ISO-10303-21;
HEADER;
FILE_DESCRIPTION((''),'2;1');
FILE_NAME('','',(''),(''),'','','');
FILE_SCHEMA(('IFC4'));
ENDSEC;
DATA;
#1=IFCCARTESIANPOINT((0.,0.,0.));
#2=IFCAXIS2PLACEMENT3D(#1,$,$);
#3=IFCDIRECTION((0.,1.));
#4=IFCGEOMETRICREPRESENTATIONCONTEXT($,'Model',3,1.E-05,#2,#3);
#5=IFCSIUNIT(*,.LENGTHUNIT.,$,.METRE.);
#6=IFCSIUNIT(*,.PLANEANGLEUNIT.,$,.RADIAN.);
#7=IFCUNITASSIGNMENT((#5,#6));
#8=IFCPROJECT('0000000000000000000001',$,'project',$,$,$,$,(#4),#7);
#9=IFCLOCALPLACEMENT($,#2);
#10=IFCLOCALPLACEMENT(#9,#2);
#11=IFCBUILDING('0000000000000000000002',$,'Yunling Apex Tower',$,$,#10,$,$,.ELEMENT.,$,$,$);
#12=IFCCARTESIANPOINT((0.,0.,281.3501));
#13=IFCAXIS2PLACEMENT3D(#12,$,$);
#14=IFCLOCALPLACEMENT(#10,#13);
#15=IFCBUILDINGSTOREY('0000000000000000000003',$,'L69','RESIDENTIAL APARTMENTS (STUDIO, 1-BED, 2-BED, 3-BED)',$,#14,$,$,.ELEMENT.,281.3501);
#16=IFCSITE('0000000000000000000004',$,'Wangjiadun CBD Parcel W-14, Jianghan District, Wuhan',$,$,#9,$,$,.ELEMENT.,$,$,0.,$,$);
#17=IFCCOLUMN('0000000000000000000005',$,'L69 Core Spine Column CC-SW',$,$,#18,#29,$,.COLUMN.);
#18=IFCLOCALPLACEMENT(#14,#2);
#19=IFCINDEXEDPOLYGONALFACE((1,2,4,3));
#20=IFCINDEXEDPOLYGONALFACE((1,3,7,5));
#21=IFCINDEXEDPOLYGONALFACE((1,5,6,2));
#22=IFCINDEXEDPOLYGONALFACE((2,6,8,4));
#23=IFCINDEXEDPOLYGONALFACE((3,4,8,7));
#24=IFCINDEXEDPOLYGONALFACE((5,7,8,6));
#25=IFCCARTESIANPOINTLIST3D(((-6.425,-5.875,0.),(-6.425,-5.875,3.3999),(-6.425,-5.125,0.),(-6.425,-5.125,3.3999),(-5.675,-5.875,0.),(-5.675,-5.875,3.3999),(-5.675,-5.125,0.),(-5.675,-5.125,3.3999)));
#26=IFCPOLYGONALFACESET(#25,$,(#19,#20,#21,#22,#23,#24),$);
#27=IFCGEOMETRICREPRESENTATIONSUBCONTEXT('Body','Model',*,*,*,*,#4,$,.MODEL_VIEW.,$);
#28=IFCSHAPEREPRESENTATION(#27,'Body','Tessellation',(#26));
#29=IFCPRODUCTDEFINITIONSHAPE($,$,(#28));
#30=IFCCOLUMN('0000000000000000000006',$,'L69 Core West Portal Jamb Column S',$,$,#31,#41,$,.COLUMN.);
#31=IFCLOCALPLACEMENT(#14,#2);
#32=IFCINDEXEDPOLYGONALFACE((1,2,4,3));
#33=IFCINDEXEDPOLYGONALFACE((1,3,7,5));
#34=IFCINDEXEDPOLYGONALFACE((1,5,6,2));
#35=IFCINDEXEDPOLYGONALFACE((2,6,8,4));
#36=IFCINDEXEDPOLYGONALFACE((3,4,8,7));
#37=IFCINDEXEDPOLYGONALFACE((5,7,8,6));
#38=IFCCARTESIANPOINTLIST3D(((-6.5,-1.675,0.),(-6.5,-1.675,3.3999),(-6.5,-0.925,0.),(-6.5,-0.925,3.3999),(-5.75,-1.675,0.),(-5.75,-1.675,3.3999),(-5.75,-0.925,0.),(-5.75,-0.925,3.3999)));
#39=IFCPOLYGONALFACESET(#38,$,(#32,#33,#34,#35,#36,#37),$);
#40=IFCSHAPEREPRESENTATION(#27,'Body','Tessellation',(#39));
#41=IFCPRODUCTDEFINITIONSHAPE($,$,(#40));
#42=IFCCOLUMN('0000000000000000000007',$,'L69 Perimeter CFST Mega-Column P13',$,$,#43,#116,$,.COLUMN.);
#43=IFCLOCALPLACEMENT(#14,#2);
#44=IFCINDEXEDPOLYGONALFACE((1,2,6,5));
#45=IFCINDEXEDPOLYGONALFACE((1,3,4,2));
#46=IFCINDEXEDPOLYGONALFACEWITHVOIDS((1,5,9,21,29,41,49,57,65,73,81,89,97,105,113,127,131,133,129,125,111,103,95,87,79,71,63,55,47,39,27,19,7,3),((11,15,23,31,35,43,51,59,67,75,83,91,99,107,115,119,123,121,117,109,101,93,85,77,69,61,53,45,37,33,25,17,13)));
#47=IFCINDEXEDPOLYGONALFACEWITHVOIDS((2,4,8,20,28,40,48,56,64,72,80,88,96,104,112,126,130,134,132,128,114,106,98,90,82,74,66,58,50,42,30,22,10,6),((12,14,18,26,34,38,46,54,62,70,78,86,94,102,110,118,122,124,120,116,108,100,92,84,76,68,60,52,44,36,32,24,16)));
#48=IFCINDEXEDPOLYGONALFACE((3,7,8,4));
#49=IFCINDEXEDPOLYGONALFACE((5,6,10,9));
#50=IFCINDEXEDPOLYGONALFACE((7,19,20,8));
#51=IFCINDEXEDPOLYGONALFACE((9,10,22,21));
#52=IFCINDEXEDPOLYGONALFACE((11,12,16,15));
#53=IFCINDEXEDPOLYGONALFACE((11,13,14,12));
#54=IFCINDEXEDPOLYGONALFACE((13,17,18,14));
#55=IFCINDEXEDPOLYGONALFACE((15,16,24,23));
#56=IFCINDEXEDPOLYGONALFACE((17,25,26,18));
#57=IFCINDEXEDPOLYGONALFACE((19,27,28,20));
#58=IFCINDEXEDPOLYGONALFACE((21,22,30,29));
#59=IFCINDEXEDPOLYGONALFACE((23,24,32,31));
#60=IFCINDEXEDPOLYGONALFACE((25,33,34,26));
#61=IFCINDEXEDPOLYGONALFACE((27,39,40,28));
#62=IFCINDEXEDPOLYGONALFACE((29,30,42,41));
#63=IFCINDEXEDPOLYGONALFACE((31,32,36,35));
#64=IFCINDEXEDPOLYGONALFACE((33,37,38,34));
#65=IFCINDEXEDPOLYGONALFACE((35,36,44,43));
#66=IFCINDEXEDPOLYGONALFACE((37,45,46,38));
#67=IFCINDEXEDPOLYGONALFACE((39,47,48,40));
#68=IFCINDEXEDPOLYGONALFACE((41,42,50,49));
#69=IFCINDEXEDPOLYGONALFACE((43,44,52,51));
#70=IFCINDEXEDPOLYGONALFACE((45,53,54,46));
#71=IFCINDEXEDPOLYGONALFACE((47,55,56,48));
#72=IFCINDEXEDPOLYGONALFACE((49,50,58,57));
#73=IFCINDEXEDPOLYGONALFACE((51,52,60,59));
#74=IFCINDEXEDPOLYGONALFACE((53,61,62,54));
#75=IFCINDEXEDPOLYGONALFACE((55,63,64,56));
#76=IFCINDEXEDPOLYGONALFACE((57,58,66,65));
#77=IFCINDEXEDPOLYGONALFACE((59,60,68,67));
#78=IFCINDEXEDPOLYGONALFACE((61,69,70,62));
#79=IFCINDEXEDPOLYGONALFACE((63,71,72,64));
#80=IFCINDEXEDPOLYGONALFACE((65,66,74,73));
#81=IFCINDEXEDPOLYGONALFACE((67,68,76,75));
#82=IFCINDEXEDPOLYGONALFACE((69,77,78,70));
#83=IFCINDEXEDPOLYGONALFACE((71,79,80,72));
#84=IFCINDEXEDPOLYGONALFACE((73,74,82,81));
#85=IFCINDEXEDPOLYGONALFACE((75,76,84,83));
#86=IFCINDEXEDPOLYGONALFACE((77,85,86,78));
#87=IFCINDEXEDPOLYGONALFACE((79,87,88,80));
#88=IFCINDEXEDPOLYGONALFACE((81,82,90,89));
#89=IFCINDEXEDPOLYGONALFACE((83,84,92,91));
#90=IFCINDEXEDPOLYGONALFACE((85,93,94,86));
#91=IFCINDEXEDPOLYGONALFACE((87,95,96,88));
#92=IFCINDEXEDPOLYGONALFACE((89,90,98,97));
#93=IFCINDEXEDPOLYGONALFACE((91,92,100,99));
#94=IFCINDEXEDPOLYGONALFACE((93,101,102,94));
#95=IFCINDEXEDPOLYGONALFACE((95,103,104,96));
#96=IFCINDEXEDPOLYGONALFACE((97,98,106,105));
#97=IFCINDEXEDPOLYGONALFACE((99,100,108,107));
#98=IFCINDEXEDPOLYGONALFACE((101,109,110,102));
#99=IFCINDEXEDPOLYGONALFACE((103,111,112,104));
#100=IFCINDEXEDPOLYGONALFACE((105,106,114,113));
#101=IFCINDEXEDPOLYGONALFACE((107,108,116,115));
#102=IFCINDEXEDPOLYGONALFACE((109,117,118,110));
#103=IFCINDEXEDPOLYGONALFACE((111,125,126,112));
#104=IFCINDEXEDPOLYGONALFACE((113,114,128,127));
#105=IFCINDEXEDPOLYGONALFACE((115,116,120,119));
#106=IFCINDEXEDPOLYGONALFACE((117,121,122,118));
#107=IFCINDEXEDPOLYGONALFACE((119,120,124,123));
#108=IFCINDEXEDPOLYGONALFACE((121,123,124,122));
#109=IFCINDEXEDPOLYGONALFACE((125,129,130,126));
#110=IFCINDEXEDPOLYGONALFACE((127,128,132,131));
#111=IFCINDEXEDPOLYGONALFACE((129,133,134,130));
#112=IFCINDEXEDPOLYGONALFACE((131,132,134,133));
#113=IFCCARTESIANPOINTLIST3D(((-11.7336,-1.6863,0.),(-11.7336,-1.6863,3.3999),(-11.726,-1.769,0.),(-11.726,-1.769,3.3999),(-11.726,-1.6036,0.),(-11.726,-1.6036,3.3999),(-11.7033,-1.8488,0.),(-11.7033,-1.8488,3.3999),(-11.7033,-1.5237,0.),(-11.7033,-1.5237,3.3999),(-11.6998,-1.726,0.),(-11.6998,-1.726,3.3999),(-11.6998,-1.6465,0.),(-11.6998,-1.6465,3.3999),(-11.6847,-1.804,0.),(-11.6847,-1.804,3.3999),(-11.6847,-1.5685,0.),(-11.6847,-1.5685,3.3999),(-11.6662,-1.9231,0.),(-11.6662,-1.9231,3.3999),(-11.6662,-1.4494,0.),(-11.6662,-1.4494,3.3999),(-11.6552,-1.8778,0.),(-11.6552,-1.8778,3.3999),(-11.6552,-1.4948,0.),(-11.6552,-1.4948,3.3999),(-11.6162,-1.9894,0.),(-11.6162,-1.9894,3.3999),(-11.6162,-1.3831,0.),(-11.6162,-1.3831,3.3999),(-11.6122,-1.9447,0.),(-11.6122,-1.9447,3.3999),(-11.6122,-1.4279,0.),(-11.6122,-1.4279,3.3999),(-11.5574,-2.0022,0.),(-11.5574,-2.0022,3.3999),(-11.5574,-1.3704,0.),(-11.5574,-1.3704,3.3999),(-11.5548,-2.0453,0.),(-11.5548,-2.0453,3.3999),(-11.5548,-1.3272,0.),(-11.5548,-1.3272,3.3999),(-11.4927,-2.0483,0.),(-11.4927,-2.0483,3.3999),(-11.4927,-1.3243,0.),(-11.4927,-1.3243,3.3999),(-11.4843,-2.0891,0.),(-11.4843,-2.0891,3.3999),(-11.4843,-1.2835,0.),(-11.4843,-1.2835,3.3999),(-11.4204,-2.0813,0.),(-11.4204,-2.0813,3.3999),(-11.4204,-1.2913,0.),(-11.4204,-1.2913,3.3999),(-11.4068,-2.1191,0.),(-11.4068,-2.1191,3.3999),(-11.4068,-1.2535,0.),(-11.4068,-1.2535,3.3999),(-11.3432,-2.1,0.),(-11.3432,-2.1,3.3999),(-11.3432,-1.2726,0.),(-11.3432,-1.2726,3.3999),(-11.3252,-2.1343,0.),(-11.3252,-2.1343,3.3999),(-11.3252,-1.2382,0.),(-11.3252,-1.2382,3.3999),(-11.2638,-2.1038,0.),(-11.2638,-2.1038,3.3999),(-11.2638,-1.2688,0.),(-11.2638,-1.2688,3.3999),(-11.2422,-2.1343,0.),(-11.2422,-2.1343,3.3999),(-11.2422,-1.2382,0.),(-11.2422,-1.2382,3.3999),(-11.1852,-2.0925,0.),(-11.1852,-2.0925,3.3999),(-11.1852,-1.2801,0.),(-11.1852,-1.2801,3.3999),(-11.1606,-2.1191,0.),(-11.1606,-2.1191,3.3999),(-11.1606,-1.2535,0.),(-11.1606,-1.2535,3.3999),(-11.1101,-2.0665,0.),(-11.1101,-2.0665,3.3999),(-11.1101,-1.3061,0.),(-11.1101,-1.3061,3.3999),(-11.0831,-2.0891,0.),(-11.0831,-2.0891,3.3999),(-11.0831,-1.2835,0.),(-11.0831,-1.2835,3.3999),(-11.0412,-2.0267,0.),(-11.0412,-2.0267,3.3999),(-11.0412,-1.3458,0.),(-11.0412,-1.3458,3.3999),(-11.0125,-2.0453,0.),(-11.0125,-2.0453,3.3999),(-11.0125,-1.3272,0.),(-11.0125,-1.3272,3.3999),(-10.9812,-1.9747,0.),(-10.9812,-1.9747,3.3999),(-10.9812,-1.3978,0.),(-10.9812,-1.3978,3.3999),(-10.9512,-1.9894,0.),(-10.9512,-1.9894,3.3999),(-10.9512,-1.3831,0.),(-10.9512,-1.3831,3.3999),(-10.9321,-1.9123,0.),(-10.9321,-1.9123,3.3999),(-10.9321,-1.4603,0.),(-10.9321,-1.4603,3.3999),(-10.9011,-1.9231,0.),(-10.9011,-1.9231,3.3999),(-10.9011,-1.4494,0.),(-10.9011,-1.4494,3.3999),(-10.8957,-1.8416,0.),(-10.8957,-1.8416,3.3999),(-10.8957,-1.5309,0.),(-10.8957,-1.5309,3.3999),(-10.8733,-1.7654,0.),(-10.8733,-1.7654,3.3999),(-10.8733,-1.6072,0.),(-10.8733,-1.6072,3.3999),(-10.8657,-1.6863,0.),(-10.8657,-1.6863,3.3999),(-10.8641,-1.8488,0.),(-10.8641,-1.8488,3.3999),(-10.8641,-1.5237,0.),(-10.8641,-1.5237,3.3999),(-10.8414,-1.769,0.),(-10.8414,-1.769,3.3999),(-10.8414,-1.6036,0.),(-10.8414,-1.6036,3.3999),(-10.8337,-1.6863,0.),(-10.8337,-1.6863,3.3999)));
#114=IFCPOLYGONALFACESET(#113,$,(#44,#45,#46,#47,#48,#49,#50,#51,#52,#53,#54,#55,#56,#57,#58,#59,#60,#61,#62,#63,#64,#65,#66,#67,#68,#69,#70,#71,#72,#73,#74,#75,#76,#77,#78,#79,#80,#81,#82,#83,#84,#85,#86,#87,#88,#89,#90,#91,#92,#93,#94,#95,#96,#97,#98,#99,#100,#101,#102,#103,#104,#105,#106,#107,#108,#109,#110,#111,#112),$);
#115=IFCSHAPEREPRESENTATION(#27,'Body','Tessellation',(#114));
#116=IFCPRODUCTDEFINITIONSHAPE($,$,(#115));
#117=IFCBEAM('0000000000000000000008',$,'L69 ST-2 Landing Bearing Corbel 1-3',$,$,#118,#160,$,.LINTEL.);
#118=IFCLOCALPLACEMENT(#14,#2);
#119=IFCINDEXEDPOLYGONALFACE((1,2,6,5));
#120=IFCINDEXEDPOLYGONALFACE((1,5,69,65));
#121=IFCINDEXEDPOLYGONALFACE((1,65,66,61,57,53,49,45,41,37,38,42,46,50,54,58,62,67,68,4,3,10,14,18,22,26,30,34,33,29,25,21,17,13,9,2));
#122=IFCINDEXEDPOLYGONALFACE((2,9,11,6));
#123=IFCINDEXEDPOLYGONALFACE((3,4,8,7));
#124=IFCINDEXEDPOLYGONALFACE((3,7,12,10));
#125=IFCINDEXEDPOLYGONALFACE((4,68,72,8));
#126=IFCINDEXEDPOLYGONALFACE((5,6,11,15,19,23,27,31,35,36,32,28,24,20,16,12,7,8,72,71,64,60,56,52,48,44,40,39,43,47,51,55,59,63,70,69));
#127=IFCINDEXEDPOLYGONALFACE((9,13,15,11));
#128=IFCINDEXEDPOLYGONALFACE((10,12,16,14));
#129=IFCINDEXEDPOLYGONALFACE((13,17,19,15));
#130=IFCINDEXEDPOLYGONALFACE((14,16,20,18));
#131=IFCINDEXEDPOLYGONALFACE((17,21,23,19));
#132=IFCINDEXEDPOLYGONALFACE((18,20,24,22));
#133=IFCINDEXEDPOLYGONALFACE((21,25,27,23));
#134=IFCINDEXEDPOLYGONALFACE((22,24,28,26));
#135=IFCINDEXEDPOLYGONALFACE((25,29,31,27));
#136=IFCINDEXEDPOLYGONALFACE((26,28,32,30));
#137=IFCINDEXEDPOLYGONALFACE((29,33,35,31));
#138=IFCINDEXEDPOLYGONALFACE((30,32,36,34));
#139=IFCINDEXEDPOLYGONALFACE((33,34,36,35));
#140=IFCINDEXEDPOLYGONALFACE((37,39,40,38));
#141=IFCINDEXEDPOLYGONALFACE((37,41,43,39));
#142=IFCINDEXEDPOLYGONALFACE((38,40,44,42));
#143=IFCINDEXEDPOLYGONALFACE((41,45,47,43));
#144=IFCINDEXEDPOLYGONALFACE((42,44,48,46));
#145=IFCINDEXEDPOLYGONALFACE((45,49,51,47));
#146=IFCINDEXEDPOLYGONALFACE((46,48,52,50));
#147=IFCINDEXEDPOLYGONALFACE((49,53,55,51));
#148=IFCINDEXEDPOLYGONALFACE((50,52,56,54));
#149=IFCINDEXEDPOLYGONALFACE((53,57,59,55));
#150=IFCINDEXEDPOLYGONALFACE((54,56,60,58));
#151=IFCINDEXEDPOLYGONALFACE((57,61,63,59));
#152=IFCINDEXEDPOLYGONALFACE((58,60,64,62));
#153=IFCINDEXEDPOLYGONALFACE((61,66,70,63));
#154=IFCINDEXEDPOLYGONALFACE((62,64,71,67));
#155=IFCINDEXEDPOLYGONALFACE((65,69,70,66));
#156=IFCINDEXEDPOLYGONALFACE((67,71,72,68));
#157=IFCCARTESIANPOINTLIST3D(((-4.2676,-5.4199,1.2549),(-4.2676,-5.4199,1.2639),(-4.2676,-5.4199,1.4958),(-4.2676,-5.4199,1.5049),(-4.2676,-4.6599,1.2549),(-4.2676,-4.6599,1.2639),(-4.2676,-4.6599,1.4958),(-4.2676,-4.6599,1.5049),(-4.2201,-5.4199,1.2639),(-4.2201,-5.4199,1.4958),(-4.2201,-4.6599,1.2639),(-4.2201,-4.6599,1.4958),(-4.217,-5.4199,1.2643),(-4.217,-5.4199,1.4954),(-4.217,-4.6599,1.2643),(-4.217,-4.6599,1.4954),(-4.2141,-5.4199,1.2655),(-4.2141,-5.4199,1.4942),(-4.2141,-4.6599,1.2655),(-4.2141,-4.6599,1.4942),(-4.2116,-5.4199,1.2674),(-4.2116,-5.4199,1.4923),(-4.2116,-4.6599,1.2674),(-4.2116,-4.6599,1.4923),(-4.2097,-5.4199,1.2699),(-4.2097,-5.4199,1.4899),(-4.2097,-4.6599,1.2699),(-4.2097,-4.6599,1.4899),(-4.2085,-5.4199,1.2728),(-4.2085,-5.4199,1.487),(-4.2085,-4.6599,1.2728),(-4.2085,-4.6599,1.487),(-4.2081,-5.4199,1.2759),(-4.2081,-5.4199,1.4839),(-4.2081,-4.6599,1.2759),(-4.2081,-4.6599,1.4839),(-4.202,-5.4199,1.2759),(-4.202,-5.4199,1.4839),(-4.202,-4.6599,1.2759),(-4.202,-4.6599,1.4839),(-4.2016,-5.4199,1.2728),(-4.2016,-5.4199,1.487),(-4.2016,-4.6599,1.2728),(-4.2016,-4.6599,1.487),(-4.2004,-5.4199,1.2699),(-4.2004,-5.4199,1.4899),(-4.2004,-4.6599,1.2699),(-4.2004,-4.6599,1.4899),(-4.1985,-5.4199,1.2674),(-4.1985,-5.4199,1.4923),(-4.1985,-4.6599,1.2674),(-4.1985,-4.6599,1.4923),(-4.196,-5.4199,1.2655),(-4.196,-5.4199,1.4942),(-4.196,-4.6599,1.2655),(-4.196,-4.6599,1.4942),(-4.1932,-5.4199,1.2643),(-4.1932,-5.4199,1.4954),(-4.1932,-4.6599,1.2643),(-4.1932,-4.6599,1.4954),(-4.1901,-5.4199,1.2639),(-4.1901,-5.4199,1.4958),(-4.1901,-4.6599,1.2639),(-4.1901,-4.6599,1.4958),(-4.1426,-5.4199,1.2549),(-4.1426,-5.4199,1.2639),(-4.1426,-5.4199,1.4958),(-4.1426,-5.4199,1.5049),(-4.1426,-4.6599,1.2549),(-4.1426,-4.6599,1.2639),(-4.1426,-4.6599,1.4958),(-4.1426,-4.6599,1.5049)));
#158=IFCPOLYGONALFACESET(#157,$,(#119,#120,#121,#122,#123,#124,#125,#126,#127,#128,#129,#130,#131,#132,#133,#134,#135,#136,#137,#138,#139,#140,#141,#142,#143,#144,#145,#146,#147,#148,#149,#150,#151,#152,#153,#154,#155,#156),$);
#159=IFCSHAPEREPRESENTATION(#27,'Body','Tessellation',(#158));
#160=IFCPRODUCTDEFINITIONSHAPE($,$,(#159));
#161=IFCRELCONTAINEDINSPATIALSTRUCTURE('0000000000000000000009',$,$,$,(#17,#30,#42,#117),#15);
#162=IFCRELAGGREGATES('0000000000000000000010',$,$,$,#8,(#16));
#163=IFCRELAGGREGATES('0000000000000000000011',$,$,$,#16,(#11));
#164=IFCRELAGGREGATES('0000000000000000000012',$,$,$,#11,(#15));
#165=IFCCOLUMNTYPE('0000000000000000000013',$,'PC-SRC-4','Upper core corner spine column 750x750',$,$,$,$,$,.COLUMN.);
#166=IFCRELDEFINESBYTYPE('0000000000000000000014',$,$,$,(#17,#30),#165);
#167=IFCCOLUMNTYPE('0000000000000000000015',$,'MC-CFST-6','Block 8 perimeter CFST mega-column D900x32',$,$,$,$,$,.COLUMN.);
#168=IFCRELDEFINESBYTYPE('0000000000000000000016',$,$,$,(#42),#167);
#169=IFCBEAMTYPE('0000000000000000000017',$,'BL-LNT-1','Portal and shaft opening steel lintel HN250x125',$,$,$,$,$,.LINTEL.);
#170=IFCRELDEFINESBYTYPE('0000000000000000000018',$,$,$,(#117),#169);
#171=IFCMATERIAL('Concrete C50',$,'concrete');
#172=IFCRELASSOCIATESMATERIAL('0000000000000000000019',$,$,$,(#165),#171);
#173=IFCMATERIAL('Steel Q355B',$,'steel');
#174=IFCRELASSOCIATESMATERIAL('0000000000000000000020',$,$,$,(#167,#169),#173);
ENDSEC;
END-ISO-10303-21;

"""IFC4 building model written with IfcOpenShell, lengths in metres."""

from ifc_helpers import new_model, si_unit, direction, frame, origin, origin_2d, place, context, subcontext, project, spatial, rectangle, hollow_circle, i_section, extrude, source, transform, mapped, material, material_profile, profile_set, type_object, element, save


model = new_model("IFC4")

# Units and contexts
model_context = context("Model", 3, precision=1e-05, world=origin(), true_north=direction((0.0, 1.0)))
body_context = subcontext(model_context, "Body", "Model", "MODEL_VIEW")
ifc_project = project(units=[si_unit("LENGTHUNIT", "METRE"), si_unit("PLANEANGLEUNIT", "RADIAN")], contexts=[model_context])

# Site, building, storey
site_placement = place(None, origin())
site = spatial("IfcSite", under=ifc_project, at=site_placement, Name="Wangjiadun CBD Parcel W-14, Jianghan District, Wuhan", CompositionType="ELEMENT", RefElevation=0.0)
building_placement = place(site_placement, origin())
building = spatial("IfcBuilding", under=site, at=building_placement, Name="Yunling Apex Tower", CompositionType="ELEMENT")
storey_placement = place(building_placement, frame((0.0, 0.0, 281.3501)))
storey = spatial("IfcBuildingStorey", under=building, at=storey_placement, Name="L69", Description="RESIDENTIAL APARTMENTS (STUDIO, 1-BED, 2-BED, 3-BED)", CompositionType="ELEMENT", Elevation=281.3501)

# Columns
ifc_material_1 = material(Name="Concrete C50", Category="concrete")
ifc_material_profile_1 = material_profile(ifc_material_1, rectangle(XDim=0.75, YDim=0.75, at=origin_2d()))
ifc_profile_set_1 = profile_set([ifc_material_profile_1], Name="Concrete C50")
column_type_1 = type_object("IfcColumnType", Name="PC-SRC-4", Description="Upper core corner spine column 750x750", PredefinedType="COLUMN", material=ifc_profile_set_1)
shared_shape_1 = source(origin(), body_context, "Body", "SweptSolid", [
    extrude(rectangle(XDim=0.75, YDim=0.75, at=origin_2d()), origin(), (0.0, 0.0, 1.0), 3.3999),
])
for number, where, z_axis, x_axis, name in (
    (1, (-6.05, -5.5, 0.0), (0.0, 0.0, 1.0), (1.0, 0.0, 0.0), "L69 Core Spine Column CC-SW"),
    (2, (-6.125, -1.3, 0.0), (0.0, 0.0, 1.0), (1.0, 0.0, 0.0), "L69 Core West Portal Jamb Column S"),
):
    element("IfcColumn", number, at=place(storey_placement, frame(where, z_axis=z_axis, x_axis=x_axis)), inside=storey, type_object=column_type_1, Name=name, PredefinedType="COLUMN", context=body_context, shape_type="MappedRepresentation", body=[
        mapped(shared_shape_1, transform((0.0, 0.0, 0.0), scale=1.0)),
    ])
ifc_material_2 = material(Name="Steel Q355B", Category="steel")
ifc_material_profile_2 = material_profile(ifc_material_2, hollow_circle(Radius=0.45, WallThickness=0.032, at=origin_2d()))
ifc_profile_set_2 = profile_set([ifc_material_profile_2], Name="Steel Q355B")
column_type_2 = type_object("IfcColumnType", Name="MC-CFST-6", Description="Block 8 perimeter CFST mega-column D900x32", PredefinedType="COLUMN", material=ifc_profile_set_2)
shared_shape_2 = source(origin(), body_context, "Body", "SweptSolid", [
    extrude(hollow_circle(Radius=0.45, WallThickness=0.032, at=origin_2d()), origin(), (0.0, 0.0, 1.0), 3.3999),
])
column_placement = place(storey_placement, frame((-11.2837, -1.6863, 0.0), z_axis=(0.0, 0.0, 1.0), x_axis=(1.0, 0.0, 0.0)))
element("IfcColumn", 3, at=column_placement, inside=storey, type_object=column_type_2, Name="L69 Perimeter CFST Mega-Column P13", PredefinedType="COLUMN", context=body_context, shape_type="MappedRepresentation", body=[
    mapped(shared_shape_2, transform((0.0, 0.0, 0.0), scale=1.0)),
])

# Beam
ifc_material_profile_3 = material_profile(ifc_material_2, i_section(OverallWidth=0.125, OverallDepth=0.25, WebThickness=0.0061, FlangeThickness=0.009, FilletRadius=0.012, at=origin_2d()))
ifc_profile_set_3 = profile_set([ifc_material_profile_3], Name="Steel Q355B")
beam_type_1 = type_object("IfcBeamType", Name="BL-LNT-1", Description="Portal and shaft opening steel lintel HN250x125", PredefinedType="LINTEL", material=ifc_profile_set_3)
shared_shape_3 = source(origin(), body_context, "Body", "SweptSolid", [
    extrude(i_section(OverallWidth=0.125, OverallDepth=0.25, WebThickness=0.0061, FlangeThickness=0.009, FilletRadius=0.012, at=origin_2d()), origin(), (0.0, 0.0, 1.0), 0.76),
])
beam_1_placement = place(storey_placement, frame((-4.2051, -5.4199, 1.3799), z_axis=(0.0, 1.0, 0.0), x_axis=(-1.0, 0.0, 0.0)))
element("IfcBeam", 4, at=beam_1_placement, inside=storey, type_object=beam_type_1, Name="L69 ST-2 Landing Bearing Corbel 1-3", PredefinedType="LINTEL", context=body_context, shape_type="MappedRepresentation", body=[
    mapped(shared_shape_3, transform((0.0, 0.0, 0.0), scale=1.0)),
])

save(model, "model.ifc")
